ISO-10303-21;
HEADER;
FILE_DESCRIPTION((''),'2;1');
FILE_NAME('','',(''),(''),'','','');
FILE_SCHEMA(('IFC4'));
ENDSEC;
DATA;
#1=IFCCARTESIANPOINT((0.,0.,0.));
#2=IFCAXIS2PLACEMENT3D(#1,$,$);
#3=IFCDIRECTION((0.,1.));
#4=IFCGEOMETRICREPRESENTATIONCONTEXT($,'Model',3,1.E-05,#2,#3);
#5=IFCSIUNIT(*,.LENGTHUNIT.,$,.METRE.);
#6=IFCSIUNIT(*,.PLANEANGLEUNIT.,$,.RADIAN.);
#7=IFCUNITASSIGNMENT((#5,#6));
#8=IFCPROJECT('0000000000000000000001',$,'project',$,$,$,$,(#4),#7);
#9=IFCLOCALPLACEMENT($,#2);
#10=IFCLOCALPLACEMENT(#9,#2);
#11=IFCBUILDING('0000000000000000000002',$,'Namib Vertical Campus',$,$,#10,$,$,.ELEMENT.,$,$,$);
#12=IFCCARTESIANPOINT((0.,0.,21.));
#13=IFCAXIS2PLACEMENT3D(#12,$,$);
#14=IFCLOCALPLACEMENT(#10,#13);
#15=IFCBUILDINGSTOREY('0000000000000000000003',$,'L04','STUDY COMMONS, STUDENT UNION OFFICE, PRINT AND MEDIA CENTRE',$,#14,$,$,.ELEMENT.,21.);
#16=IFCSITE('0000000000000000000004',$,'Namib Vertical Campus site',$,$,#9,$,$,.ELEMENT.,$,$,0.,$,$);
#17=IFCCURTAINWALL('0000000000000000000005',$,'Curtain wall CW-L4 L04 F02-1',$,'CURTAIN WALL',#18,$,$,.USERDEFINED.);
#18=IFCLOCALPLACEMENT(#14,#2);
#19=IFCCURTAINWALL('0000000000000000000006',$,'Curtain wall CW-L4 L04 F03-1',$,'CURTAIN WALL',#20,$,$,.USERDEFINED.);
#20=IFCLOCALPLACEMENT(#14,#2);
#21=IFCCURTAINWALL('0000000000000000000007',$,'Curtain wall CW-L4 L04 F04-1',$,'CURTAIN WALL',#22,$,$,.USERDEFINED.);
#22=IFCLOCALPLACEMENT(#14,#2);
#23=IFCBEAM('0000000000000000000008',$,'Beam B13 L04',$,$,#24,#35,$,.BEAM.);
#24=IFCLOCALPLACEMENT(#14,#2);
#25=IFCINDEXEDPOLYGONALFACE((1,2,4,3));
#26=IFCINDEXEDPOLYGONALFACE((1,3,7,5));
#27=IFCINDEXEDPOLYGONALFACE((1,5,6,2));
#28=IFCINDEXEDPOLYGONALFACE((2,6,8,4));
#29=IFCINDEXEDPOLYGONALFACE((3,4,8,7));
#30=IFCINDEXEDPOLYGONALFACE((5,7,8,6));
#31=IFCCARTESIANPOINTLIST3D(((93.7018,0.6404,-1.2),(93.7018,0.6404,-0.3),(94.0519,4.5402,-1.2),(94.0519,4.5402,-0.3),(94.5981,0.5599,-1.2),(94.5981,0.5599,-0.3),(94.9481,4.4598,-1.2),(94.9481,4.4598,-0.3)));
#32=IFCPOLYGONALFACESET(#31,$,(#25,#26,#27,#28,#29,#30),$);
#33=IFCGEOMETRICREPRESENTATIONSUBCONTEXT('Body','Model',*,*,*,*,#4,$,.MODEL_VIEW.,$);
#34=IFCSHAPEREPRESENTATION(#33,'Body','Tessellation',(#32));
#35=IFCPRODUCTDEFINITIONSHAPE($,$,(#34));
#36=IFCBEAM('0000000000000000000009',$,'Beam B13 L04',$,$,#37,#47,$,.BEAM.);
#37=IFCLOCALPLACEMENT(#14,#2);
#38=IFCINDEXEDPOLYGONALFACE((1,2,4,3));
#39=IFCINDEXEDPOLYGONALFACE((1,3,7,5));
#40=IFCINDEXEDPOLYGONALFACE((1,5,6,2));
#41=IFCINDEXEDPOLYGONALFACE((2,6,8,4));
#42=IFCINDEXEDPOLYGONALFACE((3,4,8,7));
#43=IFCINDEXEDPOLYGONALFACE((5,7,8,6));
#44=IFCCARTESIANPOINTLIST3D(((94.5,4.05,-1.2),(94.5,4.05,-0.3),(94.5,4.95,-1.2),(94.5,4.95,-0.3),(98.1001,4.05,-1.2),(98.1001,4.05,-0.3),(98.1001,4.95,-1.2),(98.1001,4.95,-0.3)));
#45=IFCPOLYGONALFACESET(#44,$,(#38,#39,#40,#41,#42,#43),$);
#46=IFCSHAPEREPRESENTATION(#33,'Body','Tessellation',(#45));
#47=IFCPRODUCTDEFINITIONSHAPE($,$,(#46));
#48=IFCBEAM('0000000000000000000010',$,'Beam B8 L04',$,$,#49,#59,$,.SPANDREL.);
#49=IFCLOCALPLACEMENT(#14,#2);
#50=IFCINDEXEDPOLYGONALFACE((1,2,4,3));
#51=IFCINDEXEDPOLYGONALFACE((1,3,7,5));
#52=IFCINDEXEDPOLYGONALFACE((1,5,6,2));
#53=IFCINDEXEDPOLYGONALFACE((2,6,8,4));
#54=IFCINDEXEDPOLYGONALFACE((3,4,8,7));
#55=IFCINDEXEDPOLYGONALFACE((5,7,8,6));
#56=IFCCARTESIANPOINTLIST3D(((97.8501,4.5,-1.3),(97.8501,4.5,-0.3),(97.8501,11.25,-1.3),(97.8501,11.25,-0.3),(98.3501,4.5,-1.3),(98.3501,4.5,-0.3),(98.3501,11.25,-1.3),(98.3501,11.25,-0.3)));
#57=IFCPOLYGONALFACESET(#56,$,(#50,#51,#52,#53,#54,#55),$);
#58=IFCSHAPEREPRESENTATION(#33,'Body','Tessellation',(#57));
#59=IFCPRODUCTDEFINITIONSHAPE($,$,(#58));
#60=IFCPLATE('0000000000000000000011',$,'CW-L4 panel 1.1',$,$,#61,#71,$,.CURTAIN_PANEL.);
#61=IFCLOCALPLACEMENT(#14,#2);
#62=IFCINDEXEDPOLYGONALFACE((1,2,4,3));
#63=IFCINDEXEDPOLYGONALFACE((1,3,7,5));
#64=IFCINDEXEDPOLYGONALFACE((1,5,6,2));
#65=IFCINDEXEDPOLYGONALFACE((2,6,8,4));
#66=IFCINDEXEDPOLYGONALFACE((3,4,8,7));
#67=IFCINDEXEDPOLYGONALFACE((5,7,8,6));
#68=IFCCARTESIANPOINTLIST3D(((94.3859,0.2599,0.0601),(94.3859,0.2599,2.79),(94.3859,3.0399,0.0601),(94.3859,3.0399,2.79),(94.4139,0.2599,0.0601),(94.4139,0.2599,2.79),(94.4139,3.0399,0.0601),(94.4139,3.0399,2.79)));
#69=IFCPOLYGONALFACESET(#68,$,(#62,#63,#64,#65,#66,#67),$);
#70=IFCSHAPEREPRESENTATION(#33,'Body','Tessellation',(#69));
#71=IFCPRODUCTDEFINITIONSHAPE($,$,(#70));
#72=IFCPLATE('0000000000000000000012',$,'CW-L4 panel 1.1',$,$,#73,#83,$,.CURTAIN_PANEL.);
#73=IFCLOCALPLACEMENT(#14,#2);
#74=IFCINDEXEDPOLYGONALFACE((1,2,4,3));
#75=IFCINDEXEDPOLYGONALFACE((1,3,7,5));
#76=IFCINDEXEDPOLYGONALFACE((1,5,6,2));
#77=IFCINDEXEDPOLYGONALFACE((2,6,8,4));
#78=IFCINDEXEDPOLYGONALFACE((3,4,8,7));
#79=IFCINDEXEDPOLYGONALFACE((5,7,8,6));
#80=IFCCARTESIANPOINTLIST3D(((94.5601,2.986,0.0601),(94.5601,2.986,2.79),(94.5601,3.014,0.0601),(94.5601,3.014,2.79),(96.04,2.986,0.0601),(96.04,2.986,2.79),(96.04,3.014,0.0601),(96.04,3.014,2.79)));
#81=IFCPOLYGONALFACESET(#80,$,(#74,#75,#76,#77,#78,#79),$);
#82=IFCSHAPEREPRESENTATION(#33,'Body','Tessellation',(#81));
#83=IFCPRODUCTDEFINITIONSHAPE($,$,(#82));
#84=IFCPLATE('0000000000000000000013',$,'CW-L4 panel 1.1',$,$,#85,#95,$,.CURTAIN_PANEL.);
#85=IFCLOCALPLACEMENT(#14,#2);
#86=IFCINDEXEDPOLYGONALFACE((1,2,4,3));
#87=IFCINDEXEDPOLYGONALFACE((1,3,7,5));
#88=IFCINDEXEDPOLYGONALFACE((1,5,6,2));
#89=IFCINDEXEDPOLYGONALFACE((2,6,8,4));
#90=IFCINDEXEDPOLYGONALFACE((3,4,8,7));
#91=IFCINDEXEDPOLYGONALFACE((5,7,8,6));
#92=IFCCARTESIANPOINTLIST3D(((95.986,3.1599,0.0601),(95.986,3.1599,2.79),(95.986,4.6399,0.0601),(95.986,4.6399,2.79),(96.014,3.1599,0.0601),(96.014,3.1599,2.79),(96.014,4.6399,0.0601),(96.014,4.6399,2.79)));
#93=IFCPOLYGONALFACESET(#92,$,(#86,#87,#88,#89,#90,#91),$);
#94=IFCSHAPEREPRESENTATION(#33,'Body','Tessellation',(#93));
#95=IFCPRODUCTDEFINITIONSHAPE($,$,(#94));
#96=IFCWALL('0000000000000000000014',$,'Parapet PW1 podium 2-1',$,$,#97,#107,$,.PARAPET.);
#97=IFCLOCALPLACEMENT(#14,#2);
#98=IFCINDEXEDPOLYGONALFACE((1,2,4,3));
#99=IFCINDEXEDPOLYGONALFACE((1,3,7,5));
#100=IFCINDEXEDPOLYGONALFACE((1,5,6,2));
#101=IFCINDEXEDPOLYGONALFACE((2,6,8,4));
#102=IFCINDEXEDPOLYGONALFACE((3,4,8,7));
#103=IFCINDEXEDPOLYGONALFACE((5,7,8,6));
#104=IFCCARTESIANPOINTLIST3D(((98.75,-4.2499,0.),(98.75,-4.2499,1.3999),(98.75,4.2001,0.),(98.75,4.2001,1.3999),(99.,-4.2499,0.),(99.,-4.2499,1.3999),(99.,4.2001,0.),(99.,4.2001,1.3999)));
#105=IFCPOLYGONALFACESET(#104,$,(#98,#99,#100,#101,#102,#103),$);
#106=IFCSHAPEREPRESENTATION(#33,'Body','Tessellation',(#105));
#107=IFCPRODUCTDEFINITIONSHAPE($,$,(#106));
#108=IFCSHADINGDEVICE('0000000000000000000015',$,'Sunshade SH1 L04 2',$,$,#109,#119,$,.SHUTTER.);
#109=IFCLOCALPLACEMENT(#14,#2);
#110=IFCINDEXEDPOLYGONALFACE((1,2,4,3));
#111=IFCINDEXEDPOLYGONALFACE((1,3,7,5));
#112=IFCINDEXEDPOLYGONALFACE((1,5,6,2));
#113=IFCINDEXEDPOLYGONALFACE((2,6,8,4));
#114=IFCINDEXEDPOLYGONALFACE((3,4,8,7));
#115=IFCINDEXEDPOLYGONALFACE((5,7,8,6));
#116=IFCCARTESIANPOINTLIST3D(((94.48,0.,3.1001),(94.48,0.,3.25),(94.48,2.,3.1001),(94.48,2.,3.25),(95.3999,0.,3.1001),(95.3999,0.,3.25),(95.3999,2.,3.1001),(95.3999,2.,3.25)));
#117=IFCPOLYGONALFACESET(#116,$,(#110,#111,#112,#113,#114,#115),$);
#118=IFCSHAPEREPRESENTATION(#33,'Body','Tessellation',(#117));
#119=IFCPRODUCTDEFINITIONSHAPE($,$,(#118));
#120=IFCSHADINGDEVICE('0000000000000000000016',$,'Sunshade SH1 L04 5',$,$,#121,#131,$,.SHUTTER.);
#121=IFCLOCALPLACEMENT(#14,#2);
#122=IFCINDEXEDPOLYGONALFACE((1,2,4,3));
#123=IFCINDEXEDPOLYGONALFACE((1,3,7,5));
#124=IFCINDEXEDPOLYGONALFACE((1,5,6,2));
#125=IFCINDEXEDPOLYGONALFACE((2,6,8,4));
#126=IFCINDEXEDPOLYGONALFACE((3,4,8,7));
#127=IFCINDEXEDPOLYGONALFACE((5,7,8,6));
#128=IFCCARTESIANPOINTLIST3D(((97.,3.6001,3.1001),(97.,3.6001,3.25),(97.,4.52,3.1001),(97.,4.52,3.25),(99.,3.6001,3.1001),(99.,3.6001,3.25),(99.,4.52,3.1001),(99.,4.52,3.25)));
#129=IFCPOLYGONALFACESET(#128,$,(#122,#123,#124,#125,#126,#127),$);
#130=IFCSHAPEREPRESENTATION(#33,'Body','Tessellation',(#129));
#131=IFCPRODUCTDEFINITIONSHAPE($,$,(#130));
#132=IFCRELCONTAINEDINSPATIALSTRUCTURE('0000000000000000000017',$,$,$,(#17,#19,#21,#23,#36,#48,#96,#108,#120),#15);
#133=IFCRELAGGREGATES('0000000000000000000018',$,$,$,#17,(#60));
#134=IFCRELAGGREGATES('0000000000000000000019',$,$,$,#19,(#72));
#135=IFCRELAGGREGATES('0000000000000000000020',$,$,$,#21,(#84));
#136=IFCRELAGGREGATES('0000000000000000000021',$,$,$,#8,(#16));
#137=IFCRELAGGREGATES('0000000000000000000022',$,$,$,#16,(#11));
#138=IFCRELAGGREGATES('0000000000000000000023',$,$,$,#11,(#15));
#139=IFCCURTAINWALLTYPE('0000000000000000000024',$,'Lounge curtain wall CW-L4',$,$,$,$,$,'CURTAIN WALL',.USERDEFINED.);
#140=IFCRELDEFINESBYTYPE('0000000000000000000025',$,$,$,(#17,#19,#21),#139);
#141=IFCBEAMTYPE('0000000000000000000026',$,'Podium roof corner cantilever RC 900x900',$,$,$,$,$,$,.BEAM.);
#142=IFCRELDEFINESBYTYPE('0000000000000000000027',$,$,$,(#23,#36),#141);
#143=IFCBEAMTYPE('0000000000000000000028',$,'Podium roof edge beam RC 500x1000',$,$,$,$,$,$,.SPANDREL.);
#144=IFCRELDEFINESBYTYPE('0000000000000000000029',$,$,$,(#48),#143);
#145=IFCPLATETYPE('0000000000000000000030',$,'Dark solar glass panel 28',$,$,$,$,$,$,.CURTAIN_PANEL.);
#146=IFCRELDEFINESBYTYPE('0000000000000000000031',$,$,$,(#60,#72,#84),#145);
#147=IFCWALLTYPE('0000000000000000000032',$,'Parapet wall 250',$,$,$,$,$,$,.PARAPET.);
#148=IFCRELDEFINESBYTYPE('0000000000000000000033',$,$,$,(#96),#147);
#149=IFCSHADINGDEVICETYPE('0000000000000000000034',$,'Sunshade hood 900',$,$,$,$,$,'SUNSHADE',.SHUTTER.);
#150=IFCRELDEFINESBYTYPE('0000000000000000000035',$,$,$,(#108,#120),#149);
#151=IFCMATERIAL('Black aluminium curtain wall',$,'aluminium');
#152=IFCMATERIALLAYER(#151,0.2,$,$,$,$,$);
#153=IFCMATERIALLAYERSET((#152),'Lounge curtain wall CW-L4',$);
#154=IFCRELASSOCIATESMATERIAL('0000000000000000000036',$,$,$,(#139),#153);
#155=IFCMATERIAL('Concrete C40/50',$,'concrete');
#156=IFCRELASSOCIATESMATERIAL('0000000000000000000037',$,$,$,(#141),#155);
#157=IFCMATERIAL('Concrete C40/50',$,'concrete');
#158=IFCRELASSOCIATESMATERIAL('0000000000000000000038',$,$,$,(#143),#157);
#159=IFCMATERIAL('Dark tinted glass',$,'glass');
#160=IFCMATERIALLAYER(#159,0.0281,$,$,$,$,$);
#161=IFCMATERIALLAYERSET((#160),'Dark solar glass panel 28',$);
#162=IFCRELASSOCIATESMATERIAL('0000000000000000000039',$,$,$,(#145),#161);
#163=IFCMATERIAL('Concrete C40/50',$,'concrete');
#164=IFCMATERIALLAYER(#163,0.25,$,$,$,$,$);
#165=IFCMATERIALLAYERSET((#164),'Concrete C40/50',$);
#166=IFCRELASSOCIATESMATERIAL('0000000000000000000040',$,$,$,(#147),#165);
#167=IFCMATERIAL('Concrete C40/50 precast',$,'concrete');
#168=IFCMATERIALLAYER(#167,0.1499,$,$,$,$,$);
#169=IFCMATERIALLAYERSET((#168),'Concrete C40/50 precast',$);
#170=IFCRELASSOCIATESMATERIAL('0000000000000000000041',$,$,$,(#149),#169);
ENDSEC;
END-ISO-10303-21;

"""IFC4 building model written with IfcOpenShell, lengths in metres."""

from ifc_helpers import new_model, si_unit, direction, frame, frame_2d, origin, origin_2d, place, context, subcontext, project, spatial, rectangle, extrude, material, layer, layer_set, material_profile, profile_set, type_object, element, aggregate, save


model = new_model("IFC4")

# Units and contexts
model_context = context("Model", 3, precision=1e-05, world=origin(), true_north=direction((0.0, 1.0)))
body_context = subcontext(model_context, "Body", "Model", "MODEL_VIEW")
ifc_project = project(units=[si_unit("LENGTHUNIT", "METRE"), si_unit("PLANEANGLEUNIT", "RADIAN")], contexts=[model_context])

# Site, building, storey
site_placement = place(None, origin())
site = spatial("IfcSite", under=ifc_project, at=site_placement, Name="Namib Vertical Campus site", CompositionType="ELEMENT", RefElevation=0.0)
building_placement = place(site_placement, origin())
building = spatial("IfcBuilding", under=site, at=building_placement, Name="Namib Vertical Campus", CompositionType="ELEMENT")
storey_placement = place(building_placement, frame((0.0, 0.0, 21.0)))
storey = spatial("IfcBuildingStorey", under=building, at=storey_placement, Name="L04", Description="STUDY COMMONS, STUDENT UNION OFFICE, PRINT AND MEDIA CENTRE", CompositionType="ELEMENT", Elevation=21.0)

# Curtain wall
ifc_material_1 = material(Name="Black aluminium curtain wall", Category="aluminium")
ifc_layer_1 = layer(ifc_material_1, 0.2)
ifc_layer_set_1 = layer_set([ifc_layer_1], Name="Lounge curtain wall CW-L4")
curtain_wall_type = type_object("IfcCurtainWallType", Name="Lounge curtain wall CW-L4", ElementType="CURTAIN WALL", PredefinedType="USERDEFINED", material=ifc_layer_set_1)
curtain_wall_1_placement = place(storey_placement, origin())
curtain_wall_1 = element("IfcCurtainWall", 1, at=curtain_wall_1_placement, inside=storey, type_object=curtain_wall_type, Name="Curtain wall CW-L4 L04 F02-1", ObjectType="CURTAIN WALL", PredefinedType="USERDEFINED")

# Curtain wall
curtain_wall_2_placement = place(storey_placement, origin())
curtain_wall_2 = element("IfcCurtainWall", 2, at=curtain_wall_2_placement, inside=storey, type_object=curtain_wall_type, Name="Curtain wall CW-L4 L04 F03-1", ObjectType="CURTAIN WALL", PredefinedType="USERDEFINED")

# Curtain wall
curtain_wall_3_placement = place(storey_placement, origin())
curtain_wall_3 = element("IfcCurtainWall", 3, at=curtain_wall_3_placement, inside=storey, type_object=curtain_wall_type, Name="Curtain wall CW-L4 L04 F04-1", ObjectType="CURTAIN WALL", PredefinedType="USERDEFINED")

# Beams
ifc_material_2 = material(Name="Concrete C40/50", Category="concrete")
ifc_material_profile_1 = material_profile(ifc_material_2, rectangle(XDim=0.8999, YDim=0.8999, at=origin_2d()))
ifc_profile_set_1 = profile_set([ifc_material_profile_1], Name="Concrete C40/50")
beam_type_1 = type_object("IfcBeamType", Name="Podium roof corner cantilever RC 900x900", PredefinedType="BEAM", material=ifc_profile_set_1)
beam_1_placement = place(storey_placement, frame((94.5, 4.5, -0.75), z_axis=(-0.089411, -0.995995, 0.0), x_axis=(0.995995, -0.089411, 0.0)))
element("IfcBeam", 4, at=beam_1_placement, inside=storey, type_object=beam_type_1, Name="Beam B13 L04", PredefinedType="BEAM", context=body_context, shape_type="SweptSolid", body=[
    extrude(rectangle(XDim=0.8999, YDim=0.8999, at=origin_2d()), origin(), (0.0, 0.0, 1.0), 3.9155),
])
beam_2_placement = place(storey_placement, frame((94.5, 4.5, -0.75), z_axis=(1.0, 0.0, 0.0), x_axis=(0.0, 1.0, 0.0)))
element("IfcBeam", 5, at=beam_2_placement, inside=storey, type_object=beam_type_1, Name="Beam B13 L04", PredefinedType="BEAM", context=body_context, shape_type="SweptSolid", body=[
    extrude(rectangle(XDim=0.8999, YDim=0.8999, at=origin_2d()), origin(), (0.0, 0.0, 1.0), 3.6001),
])
ifc_material_3 = material(Name="Concrete C40/50", Category="concrete")
ifc_material_profile_2 = material_profile(ifc_material_3, rectangle(XDim=0.5, YDim=1.0, at=origin_2d()))
ifc_profile_set_2 = profile_set([ifc_material_profile_2], Name="Concrete C40/50")
beam_type_2 = type_object("IfcBeamType", Name="Podium roof edge beam RC 500x1000", PredefinedType="SPANDREL", material=ifc_profile_set_2)
beam_3_placement = place(storey_placement, frame((98.1001, 4.5, -0.8), z_axis=(0.0, 1.0, 0.0), x_axis=(-1.0, 0.0, 0.0)))
element("IfcBeam", 6, at=beam_3_placement, inside=storey, type_object=beam_type_2, Name="Beam B8 L04", PredefinedType="SPANDREL", context=body_context, shape_type="SweptSolid", body=[
    extrude(rectangle(XDim=0.5, YDim=1.0, at=origin_2d()), origin(), (0.0, 0.0, 1.0), 6.75),
])

# Plates
ifc_material_4 = material(Name="Dark tinted glass", Category="glass")
ifc_layer_2 = layer(ifc_material_4, 0.0281)
ifc_layer_set_2 = layer_set([ifc_layer_2], Name="Dark solar glass panel 28")
plate_type = type_object("IfcPlateType", Name="Dark solar glass panel 28", PredefinedType="CURTAIN_PANEL", material=ifc_layer_set_2)
plate_1_placement = place(storey_placement, frame((94.3999, 1.6499, 0.0601), z_axis=(0.0, 0.0, 1.0), x_axis=(0.0, 1.0, 0.0)))
plate_1 = element("IfcPlate", 7, at=plate_1_placement, type_object=plate_type, Name="CW-L4 panel 1.1", PredefinedType="CURTAIN_PANEL", context=body_context, shape_type="SweptSolid", body=[
    extrude(rectangle(XDim=2.78, YDim=0.0281, at=origin_2d()), origin(), (0.0, 0.0, 1.0), 2.73),
])
aggregate(curtain_wall_1, [plate_1])
plate_2_placement = place(storey_placement, frame((95.3, 3.0, 0.0601), z_axis=(0.0, 0.0, 1.0), x_axis=(1.0, 0.0, 0.0)))
plate_2 = element("IfcPlate", 8, at=plate_2_placement, type_object=plate_type, Name="CW-L4 panel 1.1", PredefinedType="CURTAIN_PANEL", context=body_context, shape_type="SweptSolid", body=[
    extrude(rectangle(XDim=1.48, YDim=0.0281, at=origin_2d()), origin(), (0.0, 0.0, 1.0), 2.73),
])
aggregate(curtain_wall_2, [plate_2])
plate_3_placement = place(storey_placement, frame((96.0, 3.8999, 0.0601), z_axis=(0.0, 0.0, 1.0), x_axis=(0.0, 1.0, 0.0)))
plate_3 = element("IfcPlate", 9, at=plate_3_placement, type_object=plate_type, Name="CW-L4 panel 1.1", PredefinedType="CURTAIN_PANEL", context=body_context, shape_type="SweptSolid", body=[
    extrude(rectangle(XDim=1.48, YDim=0.0281, at=origin_2d()), origin(), (0.0, 0.0, 1.0), 2.73),
])
aggregate(curtain_wall_3, [plate_3])

# Wall
ifc_material_5 = material(Name="Concrete C40/50", Category="concrete")
ifc_layer_3 = layer(ifc_material_5, 0.25)
ifc_layer_set_3 = layer_set([ifc_layer_3], Name="Concrete C40/50")
wall_type = type_object("IfcWallType", Name="Parapet wall 250", PredefinedType="PARAPET", material=ifc_layer_set_3)
wall_placement = place(storey_placement, frame((98.875, -4.25, 0.0), z_axis=(0.0, 0.0, 1.0), x_axis=(0.0, 1.0, 0.0)))
element("IfcWall", 10, at=wall_placement, inside=storey, type_object=wall_type, Name="Parapet PW1 podium 2-1", PredefinedType="PARAPET", context=body_context, shape_type="SweptSolid", body=[
    extrude(rectangle(XDim=8.45, YDim=0.25, at=frame_2d((4.2251, 0.0))), origin(), (0.0, 0.0, 1.0), 1.3999),
])

# Shading devices
ifc_material_6 = material(Name="Concrete C40/50 precast", Category="concrete")
ifc_layer_4 = layer(ifc_material_6, 0.1499)
ifc_layer_set_4 = layer_set([ifc_layer_4], Name="Concrete C40/50 precast")
shading_device_type = type_object("IfcShadingDeviceType", Name="Sunshade hood 900", ElementType="SUNSHADE", PredefinedType="SHUTTER", material=ifc_layer_set_4)
for number, where, z_axis, x_axis, name in (
    (11, (94.9399, 1.0, 3.1001), (0.0, 0.0, 1.0), (0.0, 1.0, 0.0), "Sunshade SH1 L04 2"),
    (12, (98.0, 4.0601, 3.1001), (0.0, 0.0, 1.0), (1.0, 0.0, 0.0), "Sunshade SH1 L04 5"),
):
    element("IfcShadingDevice", number, at=place(storey_placement, frame(where, z_axis=z_axis, x_axis=x_axis)), inside=storey, type_object=shading_device_type, Name=name, PredefinedType="SHUTTER", context=body_context, shape_type="SweptSolid", body=[
        extrude(rectangle(XDim=2.0, YDim=0.9199, at=origin_2d()), origin(), (0.0, 0.0, 1.0), 0.1499),
    ])

save(model, "model.ifc")
